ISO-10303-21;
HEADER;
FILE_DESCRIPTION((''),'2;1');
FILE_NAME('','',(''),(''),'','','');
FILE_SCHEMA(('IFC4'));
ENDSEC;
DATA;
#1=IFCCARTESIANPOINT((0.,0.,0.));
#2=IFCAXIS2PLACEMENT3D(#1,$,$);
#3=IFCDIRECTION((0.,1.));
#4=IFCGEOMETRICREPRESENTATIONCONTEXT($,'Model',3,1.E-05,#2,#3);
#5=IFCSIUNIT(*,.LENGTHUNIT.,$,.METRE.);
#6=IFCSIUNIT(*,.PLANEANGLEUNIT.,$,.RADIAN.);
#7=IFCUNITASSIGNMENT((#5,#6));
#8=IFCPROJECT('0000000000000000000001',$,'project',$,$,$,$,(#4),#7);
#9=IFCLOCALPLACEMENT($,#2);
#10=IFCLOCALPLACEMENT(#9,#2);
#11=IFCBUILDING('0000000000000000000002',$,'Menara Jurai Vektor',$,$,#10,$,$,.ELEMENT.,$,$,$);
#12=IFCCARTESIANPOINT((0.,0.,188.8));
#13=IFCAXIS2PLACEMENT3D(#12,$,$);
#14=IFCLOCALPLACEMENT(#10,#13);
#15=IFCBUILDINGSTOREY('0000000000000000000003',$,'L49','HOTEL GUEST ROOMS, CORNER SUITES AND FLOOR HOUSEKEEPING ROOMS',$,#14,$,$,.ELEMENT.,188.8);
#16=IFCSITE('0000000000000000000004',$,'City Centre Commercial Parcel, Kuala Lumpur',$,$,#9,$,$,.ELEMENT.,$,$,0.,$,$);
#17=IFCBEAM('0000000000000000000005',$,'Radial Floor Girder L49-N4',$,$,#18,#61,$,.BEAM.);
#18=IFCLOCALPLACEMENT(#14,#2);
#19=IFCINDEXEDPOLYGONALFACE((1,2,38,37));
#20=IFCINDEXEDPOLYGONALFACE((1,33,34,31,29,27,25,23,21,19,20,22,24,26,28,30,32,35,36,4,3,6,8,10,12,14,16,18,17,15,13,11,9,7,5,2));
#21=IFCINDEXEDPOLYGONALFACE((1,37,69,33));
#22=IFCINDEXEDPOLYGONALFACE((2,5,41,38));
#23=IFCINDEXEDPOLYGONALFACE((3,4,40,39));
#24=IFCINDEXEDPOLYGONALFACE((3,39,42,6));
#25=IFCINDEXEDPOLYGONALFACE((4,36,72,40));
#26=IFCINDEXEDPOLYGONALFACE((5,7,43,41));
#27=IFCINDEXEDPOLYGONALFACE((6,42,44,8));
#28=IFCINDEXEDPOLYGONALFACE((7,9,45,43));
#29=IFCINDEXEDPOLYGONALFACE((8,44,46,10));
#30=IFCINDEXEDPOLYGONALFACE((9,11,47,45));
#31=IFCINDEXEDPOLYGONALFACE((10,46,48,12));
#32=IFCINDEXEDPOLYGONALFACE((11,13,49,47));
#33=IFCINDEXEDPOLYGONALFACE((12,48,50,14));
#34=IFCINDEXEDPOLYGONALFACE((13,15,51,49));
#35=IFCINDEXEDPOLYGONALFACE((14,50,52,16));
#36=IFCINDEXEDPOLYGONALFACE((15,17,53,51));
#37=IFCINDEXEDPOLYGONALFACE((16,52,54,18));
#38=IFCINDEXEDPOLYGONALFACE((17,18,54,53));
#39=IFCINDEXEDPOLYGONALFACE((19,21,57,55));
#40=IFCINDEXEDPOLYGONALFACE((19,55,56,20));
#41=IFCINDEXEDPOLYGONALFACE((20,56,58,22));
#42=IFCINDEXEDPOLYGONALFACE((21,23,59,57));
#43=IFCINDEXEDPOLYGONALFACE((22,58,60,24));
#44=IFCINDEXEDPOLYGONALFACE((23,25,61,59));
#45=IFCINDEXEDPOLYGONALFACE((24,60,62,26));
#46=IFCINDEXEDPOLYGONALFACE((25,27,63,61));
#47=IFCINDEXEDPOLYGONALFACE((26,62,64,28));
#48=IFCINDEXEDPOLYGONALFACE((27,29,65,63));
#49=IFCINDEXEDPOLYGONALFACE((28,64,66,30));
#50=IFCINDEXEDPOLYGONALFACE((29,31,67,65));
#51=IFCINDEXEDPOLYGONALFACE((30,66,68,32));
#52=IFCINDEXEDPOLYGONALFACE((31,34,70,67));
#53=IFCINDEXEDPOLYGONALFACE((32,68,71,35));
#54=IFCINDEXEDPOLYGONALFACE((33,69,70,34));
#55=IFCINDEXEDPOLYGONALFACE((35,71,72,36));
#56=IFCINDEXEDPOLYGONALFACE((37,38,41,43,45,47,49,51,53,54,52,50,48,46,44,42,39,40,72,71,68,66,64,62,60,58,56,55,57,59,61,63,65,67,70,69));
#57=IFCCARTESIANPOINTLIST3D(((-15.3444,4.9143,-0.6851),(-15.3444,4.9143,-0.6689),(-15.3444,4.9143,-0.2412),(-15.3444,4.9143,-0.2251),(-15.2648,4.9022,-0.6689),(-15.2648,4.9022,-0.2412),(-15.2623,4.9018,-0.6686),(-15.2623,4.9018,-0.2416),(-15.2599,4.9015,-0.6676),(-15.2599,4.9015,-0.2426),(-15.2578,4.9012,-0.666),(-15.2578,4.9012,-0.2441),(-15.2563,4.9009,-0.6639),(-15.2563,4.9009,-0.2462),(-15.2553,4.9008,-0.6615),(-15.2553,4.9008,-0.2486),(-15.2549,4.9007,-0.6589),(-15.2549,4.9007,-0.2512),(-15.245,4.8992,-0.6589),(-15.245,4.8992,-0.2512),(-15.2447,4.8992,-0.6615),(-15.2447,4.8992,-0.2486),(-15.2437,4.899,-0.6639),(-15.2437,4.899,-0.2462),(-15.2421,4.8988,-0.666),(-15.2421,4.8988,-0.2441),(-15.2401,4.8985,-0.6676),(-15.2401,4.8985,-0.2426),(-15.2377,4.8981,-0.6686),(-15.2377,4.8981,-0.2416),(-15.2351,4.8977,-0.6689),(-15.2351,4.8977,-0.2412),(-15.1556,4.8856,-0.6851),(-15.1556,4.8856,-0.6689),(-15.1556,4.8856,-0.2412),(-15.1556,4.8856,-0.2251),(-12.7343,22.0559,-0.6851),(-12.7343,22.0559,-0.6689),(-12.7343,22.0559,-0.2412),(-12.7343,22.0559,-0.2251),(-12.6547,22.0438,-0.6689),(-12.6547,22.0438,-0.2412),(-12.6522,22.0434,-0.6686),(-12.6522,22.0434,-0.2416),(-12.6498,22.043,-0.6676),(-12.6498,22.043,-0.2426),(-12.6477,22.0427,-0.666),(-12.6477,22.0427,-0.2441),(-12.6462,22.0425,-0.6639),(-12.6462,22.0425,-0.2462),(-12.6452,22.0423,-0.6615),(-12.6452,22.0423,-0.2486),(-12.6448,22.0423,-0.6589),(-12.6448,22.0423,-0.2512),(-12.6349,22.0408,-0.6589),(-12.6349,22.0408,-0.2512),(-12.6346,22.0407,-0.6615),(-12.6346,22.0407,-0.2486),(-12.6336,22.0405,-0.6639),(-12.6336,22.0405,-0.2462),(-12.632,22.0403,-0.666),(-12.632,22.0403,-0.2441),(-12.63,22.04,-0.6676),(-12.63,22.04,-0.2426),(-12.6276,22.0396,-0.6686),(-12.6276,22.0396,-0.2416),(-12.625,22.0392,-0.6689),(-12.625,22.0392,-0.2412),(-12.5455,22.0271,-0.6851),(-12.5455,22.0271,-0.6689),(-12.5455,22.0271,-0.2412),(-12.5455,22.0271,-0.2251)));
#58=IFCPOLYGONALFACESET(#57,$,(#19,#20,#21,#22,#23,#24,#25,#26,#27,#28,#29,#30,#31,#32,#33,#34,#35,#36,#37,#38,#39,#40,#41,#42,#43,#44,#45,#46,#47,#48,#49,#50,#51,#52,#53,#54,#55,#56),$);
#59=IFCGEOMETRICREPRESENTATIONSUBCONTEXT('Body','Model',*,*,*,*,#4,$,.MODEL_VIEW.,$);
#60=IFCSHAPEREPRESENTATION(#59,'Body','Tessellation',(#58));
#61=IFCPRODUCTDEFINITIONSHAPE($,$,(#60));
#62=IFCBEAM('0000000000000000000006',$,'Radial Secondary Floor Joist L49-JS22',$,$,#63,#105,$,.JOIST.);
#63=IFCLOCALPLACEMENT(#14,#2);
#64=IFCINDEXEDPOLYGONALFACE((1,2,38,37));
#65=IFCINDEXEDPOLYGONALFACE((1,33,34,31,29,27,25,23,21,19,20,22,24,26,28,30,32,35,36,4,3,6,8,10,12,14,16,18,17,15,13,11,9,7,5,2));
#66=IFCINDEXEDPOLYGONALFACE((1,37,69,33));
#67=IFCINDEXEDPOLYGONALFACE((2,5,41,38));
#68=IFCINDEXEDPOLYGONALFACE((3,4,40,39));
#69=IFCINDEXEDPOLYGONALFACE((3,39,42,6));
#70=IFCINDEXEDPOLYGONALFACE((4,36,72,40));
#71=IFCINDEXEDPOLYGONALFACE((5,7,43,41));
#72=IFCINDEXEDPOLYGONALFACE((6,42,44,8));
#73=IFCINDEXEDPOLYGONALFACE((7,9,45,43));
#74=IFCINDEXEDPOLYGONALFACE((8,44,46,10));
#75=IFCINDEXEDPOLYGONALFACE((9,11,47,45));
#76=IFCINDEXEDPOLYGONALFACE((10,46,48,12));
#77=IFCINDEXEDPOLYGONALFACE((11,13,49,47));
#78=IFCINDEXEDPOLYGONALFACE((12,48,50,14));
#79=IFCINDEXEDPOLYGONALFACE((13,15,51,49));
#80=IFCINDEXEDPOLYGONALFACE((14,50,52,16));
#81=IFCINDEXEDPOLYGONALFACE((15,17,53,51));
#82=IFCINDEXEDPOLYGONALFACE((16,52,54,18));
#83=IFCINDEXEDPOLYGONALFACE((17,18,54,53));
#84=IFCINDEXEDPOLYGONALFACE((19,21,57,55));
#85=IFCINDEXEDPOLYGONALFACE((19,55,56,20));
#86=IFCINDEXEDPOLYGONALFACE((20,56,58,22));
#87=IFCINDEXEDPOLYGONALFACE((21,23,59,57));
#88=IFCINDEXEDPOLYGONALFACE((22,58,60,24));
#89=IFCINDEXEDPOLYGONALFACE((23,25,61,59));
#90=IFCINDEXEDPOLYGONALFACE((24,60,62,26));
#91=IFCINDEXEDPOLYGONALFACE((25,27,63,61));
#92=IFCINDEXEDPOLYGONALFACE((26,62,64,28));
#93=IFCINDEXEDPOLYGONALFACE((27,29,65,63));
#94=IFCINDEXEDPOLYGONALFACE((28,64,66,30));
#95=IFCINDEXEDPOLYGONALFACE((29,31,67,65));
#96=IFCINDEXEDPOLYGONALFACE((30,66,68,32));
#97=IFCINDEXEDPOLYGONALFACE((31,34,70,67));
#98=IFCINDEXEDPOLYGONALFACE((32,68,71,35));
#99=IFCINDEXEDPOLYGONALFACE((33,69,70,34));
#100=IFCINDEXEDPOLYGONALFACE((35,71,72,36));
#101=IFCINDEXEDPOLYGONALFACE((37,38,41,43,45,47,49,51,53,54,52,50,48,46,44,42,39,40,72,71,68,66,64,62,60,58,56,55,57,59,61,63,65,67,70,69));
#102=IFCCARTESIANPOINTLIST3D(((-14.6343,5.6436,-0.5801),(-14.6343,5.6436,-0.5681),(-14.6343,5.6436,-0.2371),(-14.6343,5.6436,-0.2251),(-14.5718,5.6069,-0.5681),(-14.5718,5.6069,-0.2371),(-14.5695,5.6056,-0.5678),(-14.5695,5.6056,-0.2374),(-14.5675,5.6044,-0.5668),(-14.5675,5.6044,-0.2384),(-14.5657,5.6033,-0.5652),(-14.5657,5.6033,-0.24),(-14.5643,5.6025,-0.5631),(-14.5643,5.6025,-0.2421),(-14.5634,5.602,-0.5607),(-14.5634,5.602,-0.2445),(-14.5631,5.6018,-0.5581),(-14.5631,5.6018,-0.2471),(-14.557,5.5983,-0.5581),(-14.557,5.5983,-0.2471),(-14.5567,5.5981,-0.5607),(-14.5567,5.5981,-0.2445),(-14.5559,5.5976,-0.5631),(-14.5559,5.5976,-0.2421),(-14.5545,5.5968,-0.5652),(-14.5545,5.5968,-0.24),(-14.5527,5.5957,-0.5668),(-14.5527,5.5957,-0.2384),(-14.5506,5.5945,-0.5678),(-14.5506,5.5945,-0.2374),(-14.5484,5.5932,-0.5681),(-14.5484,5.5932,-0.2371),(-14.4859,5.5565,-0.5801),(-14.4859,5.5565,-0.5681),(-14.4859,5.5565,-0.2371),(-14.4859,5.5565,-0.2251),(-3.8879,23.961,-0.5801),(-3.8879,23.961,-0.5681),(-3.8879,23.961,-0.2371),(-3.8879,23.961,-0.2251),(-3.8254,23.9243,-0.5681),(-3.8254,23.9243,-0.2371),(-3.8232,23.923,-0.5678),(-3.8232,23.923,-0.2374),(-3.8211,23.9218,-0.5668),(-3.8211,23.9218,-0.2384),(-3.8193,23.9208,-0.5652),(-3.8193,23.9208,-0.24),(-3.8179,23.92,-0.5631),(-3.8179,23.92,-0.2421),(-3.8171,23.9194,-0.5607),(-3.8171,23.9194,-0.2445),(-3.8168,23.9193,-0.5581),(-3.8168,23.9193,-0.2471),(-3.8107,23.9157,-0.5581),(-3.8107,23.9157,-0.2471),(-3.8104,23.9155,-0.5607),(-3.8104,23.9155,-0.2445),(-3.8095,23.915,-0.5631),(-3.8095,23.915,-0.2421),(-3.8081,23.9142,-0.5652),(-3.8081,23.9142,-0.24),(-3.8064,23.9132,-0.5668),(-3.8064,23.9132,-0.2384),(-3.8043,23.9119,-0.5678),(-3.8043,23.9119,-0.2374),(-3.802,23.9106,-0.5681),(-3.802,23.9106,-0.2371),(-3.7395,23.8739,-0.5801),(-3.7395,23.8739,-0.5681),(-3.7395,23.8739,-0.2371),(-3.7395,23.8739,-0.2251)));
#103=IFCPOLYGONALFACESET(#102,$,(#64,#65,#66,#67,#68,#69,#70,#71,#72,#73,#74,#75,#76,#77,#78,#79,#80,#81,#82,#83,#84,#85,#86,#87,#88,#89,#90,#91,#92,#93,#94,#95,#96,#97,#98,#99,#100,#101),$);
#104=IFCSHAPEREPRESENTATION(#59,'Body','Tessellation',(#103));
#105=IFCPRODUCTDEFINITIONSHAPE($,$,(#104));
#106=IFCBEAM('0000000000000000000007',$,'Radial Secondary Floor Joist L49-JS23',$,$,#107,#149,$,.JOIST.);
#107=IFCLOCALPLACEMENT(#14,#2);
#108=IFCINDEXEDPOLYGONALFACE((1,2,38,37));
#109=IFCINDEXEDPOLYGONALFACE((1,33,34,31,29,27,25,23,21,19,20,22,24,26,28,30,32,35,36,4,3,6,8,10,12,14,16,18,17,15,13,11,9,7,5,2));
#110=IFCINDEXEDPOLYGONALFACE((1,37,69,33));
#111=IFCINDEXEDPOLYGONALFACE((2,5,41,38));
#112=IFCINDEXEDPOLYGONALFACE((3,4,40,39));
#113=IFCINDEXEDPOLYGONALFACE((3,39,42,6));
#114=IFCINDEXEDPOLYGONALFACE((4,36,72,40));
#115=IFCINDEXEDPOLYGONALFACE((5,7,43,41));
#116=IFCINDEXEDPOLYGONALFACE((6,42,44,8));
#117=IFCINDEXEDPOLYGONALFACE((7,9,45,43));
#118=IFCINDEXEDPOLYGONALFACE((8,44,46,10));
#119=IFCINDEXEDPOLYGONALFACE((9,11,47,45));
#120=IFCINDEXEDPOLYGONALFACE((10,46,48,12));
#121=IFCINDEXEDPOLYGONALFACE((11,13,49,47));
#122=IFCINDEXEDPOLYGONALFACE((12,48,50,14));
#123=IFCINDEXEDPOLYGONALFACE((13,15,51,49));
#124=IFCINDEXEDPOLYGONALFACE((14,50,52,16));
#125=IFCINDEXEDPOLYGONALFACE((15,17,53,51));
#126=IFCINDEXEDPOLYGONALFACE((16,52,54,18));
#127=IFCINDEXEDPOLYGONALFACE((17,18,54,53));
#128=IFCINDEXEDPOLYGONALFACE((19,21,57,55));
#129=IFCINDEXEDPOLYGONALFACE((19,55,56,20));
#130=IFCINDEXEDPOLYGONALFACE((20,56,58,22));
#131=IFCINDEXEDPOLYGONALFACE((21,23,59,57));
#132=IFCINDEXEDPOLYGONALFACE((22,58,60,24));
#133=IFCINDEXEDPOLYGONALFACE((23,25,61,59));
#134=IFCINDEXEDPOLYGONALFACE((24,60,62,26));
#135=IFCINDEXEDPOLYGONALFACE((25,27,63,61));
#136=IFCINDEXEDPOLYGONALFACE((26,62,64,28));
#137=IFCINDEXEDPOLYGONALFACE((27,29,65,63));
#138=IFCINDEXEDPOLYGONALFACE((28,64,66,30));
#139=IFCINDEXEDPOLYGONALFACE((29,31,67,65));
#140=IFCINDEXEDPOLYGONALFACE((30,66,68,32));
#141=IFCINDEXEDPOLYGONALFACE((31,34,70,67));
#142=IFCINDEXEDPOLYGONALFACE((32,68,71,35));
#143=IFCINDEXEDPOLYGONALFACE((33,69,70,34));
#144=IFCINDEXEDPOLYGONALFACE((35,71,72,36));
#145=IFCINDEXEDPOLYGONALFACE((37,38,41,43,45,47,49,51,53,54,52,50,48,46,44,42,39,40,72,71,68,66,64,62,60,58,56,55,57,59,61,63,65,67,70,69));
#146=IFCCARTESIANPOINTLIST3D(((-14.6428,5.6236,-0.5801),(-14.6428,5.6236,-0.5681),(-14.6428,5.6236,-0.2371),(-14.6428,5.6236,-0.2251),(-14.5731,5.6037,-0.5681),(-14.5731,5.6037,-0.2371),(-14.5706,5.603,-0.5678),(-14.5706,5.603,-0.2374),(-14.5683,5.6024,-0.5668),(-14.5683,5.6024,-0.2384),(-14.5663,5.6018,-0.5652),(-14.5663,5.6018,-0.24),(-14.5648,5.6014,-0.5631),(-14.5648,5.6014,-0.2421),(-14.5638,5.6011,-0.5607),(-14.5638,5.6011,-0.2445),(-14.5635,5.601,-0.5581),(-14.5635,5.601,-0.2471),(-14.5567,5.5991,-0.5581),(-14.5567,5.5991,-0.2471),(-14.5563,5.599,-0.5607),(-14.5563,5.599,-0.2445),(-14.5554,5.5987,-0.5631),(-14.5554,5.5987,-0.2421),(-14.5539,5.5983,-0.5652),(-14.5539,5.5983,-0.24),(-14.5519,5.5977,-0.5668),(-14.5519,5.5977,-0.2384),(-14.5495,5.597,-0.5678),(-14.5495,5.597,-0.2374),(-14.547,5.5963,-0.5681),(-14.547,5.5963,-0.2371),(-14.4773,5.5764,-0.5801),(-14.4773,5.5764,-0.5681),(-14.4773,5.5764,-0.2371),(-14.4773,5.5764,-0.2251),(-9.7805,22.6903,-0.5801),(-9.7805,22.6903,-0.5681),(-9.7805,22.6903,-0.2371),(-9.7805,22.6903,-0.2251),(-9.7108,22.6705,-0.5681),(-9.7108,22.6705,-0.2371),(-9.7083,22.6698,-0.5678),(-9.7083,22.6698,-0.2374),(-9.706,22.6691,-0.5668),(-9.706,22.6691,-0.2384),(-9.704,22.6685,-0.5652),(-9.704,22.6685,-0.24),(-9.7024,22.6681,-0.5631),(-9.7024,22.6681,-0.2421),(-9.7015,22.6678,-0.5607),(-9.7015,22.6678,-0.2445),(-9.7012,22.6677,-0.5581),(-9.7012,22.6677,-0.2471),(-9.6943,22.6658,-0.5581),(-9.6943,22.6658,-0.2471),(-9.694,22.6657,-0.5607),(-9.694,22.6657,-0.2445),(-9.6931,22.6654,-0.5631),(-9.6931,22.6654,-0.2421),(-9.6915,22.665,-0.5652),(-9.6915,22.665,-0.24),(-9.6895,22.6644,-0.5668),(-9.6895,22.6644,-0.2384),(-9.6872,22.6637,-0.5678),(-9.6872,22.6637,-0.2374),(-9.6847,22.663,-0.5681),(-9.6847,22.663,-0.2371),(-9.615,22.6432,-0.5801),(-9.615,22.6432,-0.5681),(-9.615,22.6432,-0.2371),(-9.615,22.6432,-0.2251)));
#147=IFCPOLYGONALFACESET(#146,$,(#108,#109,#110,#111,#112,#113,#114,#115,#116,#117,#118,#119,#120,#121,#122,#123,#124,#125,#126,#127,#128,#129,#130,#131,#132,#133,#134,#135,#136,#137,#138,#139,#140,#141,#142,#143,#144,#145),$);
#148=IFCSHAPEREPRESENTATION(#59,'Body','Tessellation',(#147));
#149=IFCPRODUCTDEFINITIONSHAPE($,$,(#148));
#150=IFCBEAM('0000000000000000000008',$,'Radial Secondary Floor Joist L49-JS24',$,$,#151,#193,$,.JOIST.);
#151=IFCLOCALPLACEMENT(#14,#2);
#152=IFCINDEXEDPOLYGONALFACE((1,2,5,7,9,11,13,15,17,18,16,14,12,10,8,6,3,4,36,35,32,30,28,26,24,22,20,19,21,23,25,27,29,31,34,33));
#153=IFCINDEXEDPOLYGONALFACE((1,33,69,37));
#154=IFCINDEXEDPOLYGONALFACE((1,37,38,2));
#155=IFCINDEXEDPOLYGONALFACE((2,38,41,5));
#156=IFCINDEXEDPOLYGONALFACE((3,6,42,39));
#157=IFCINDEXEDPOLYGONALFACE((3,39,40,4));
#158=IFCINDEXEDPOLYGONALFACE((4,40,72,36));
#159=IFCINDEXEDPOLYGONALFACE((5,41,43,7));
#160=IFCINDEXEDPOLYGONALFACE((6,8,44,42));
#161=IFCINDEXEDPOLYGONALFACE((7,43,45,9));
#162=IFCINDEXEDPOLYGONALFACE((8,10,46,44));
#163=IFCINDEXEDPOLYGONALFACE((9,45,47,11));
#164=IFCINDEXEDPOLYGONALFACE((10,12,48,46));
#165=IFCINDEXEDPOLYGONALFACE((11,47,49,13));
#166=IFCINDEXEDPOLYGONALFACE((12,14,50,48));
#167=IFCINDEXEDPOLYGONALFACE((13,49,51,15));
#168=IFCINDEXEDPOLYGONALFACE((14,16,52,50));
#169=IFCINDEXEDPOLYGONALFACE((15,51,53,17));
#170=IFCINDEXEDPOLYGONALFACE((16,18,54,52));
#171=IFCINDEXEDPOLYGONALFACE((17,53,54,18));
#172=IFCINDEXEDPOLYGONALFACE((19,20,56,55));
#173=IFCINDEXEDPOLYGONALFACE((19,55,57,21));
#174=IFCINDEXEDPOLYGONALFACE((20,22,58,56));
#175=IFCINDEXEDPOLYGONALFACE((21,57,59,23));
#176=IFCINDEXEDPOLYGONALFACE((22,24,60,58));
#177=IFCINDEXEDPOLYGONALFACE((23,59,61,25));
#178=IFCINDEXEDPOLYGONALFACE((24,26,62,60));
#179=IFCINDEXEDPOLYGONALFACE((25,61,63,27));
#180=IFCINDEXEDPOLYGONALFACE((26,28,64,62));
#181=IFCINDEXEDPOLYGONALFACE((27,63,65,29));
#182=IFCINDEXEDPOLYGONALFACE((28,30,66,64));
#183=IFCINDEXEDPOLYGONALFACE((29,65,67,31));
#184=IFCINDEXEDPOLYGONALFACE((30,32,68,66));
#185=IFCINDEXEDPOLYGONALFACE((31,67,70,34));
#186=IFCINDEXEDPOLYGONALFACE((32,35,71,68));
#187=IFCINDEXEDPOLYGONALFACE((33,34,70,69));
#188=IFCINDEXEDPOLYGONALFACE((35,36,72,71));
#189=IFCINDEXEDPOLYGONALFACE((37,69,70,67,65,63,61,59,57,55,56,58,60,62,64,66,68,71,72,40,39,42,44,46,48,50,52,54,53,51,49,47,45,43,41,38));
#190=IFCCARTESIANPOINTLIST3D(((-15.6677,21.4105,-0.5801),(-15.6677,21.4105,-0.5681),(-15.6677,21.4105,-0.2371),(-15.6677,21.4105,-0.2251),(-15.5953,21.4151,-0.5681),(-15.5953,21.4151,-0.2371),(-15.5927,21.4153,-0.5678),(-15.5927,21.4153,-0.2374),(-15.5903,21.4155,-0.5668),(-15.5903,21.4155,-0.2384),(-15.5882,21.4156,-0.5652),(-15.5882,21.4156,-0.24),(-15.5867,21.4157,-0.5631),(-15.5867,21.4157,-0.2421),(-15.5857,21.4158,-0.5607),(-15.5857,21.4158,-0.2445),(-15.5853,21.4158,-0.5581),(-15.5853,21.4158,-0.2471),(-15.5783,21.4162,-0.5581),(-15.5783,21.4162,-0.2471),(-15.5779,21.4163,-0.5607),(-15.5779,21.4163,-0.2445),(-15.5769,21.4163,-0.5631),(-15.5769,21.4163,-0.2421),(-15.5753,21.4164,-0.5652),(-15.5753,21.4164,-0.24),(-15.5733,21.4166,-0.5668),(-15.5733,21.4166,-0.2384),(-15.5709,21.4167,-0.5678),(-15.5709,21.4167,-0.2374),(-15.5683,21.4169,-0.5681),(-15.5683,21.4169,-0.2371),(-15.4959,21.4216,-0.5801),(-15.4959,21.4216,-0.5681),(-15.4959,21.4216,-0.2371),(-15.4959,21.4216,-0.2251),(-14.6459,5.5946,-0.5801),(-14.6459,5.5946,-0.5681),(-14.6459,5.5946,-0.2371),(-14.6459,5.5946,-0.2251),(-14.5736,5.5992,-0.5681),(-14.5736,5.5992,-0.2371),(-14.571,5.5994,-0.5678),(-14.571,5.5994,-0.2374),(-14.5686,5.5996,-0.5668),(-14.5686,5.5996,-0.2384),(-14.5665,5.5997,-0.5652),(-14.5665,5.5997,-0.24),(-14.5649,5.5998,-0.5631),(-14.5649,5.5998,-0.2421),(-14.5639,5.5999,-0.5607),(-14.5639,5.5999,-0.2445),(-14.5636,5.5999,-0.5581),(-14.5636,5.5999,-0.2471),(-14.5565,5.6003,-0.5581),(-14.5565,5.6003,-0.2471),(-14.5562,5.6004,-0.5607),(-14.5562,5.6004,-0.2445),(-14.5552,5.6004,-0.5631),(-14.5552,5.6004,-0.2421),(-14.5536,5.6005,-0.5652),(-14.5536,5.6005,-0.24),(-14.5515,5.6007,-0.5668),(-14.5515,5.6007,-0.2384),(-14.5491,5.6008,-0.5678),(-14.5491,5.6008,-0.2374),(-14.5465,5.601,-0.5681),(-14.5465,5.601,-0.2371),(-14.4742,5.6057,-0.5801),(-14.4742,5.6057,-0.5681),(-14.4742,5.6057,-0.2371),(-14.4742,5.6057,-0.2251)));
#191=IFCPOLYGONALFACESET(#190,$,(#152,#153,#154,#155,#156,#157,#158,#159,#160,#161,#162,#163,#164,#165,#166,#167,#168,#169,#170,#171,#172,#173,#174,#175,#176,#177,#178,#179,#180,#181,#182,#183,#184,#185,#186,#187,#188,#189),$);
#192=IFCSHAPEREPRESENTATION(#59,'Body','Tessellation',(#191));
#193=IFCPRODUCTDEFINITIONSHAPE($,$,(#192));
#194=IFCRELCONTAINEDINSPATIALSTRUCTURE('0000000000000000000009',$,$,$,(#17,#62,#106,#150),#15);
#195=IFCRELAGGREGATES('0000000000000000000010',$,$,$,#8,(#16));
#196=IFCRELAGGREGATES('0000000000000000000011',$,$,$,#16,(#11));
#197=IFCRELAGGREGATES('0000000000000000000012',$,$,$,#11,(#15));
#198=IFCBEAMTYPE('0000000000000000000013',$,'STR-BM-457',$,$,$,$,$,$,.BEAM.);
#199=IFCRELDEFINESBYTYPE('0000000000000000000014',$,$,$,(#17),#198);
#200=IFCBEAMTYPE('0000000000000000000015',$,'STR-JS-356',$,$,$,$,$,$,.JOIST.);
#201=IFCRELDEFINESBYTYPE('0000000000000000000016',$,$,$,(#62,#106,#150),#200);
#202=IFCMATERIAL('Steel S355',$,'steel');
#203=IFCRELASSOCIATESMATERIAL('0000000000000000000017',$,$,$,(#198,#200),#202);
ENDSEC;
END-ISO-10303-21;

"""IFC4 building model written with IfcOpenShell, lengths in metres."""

from ifc_helpers import new_model, si_unit, direction, frame, origin, origin_2d, place, context, subcontext, project, spatial, i_section, extrude, material, material_profile, profile_set, type_object, element, save


model = new_model("IFC4")

# Units and contexts
model_context = context("Model", 3, precision=1e-05, world=origin(), true_north=direction((0.0, 1.0)))
body_context = subcontext(model_context, "Body", "Model", "MODEL_VIEW")
ifc_project = project(units=[si_unit("LENGTHUNIT", "METRE"), si_unit("PLANEANGLEUNIT", "RADIAN")], contexts=[model_context])

# Site, building, storey
site_placement = place(None, origin())
site = spatial("IfcSite", under=ifc_project, at=site_placement, Name="City Centre Commercial Parcel, Kuala Lumpur", CompositionType="ELEMENT", RefElevation=0.0)
building_placement = place(site_placement, origin())
building = spatial("IfcBuilding", under=site, at=building_placement, Name="Menara Jurai Vektor", CompositionType="ELEMENT")
storey_placement = place(building_placement, frame((0.0, 0.0, 188.8)))
storey = spatial("IfcBuildingStorey", under=building, at=storey_placement, Name="L49", Description="HOTEL GUEST ROOMS, CORNER SUITES AND FLOOR HOUSEKEEPING ROOMS", CompositionType="ELEMENT", Elevation=188.8)

# Beams
ifc_material_1 = material(Name="Steel S355", Category="steel")
ifc_material_profile_1 = material_profile(ifc_material_1, i_section(OverallWidth=0.1909, OverallDepth=0.46, WebThickness=0.01, FlangeThickness=0.0161, FilletRadius=0.01, at=origin_2d()), Name="UKB 457x191x82")
ifc_profile_set_1 = profile_set([ifc_material_profile_1], Name="Steel S355")
beam_type_1 = type_object("IfcBeamType", Name="STR-BM-457", PredefinedType="BEAM", material=ifc_profile_set_1)
beam_1_placement = place(storey_placement, frame((-12.6399, 22.0415, -0.4551), z_axis=(-0.150532, -0.988605, 0.0), x_axis=(0.988605, -0.150532, 0.0)))
element("IfcBeam", 1, at=beam_1_placement, inside=storey, type_object=beam_type_1, Name="Radial Floor Girder L49-N4", PredefinedType="BEAM", context=body_context, shape_type="SweptSolid", body=[
    extrude(i_section(OverallWidth=0.1909, OverallDepth=0.46, WebThickness=0.01, FlangeThickness=0.0161, FilletRadius=0.01, at=origin_2d()), origin(), (0.0, 0.0, 1.0), 17.3391),
])
ifc_material_profile_2 = material_profile(ifc_material_1, i_section(OverallWidth=0.1721, OverallDepth=0.355, WebThickness=0.0071, FlangeThickness=0.012, FilletRadius=0.01, at=origin_2d()), Name="UKB 356x171x51")
ifc_profile_set_2 = profile_set([ifc_material_profile_2], Name="Steel S355")
beam_type_2 = type_object("IfcBeamType", Name="STR-JS-356", PredefinedType="JOIST", material=ifc_profile_set_2)
beam_2_placement = place(storey_placement, frame((-3.8137, 23.9175, -0.4026), z_axis=(-0.50602, -0.862522, 0.0), x_axis=(0.862522, -0.50602, 0.0)))
element("IfcBeam", 2, at=beam_2_placement, inside=storey, type_object=beam_type_2, Name="Radial Secondary Floor Joist L49-JS22", PredefinedType="JOIST", context=body_context, shape_type="SweptSolid", body=[
    extrude(i_section(OverallWidth=0.1721, OverallDepth=0.355, WebThickness=0.0071, FlangeThickness=0.012, FilletRadius=0.01, at=origin_2d()), origin(), (0.0, 0.0, 1.0), 21.2371),
])
beam_3_placement = place(storey_placement, frame((-9.6978, 22.6667, -0.4026), z_axis=(-0.273998, -0.96173, 0.0), x_axis=(0.96173, -0.273998, 0.0)))
element("IfcBeam", 3, at=beam_3_placement, inside=storey, type_object=beam_type_2, Name="Radial Secondary Floor Joist L49-JS23", PredefinedType="JOIST", context=body_context, shape_type="SweptSolid", body=[
    extrude(i_section(OverallWidth=0.1721, OverallDepth=0.355, WebThickness=0.0071, FlangeThickness=0.012, FilletRadius=0.01, at=origin_2d()), origin(), (0.0, 0.0, 1.0), 17.7458),
])
beam_4_placement = place(storey_placement, frame((-15.5818, 21.416, -0.4026), z_axis=(0.064467, -0.99792, 0.0), x_axis=(0.99792, 0.064467, 0.0)))
element("IfcBeam", 4, at=beam_4_placement, inside=storey, type_object=beam_type_2, Name="Radial Secondary Floor Joist L49-JS24", PredefinedType="JOIST", context=body_context, shape_type="SweptSolid", body=[
    extrude(i_section(OverallWidth=0.1721, OverallDepth=0.355, WebThickness=0.0071, FlangeThickness=0.012, FilletRadius=0.01, at=origin_2d()), origin(), (0.0, 0.0, 1.0), 15.8489),
])

save(model, "model.ifc")
